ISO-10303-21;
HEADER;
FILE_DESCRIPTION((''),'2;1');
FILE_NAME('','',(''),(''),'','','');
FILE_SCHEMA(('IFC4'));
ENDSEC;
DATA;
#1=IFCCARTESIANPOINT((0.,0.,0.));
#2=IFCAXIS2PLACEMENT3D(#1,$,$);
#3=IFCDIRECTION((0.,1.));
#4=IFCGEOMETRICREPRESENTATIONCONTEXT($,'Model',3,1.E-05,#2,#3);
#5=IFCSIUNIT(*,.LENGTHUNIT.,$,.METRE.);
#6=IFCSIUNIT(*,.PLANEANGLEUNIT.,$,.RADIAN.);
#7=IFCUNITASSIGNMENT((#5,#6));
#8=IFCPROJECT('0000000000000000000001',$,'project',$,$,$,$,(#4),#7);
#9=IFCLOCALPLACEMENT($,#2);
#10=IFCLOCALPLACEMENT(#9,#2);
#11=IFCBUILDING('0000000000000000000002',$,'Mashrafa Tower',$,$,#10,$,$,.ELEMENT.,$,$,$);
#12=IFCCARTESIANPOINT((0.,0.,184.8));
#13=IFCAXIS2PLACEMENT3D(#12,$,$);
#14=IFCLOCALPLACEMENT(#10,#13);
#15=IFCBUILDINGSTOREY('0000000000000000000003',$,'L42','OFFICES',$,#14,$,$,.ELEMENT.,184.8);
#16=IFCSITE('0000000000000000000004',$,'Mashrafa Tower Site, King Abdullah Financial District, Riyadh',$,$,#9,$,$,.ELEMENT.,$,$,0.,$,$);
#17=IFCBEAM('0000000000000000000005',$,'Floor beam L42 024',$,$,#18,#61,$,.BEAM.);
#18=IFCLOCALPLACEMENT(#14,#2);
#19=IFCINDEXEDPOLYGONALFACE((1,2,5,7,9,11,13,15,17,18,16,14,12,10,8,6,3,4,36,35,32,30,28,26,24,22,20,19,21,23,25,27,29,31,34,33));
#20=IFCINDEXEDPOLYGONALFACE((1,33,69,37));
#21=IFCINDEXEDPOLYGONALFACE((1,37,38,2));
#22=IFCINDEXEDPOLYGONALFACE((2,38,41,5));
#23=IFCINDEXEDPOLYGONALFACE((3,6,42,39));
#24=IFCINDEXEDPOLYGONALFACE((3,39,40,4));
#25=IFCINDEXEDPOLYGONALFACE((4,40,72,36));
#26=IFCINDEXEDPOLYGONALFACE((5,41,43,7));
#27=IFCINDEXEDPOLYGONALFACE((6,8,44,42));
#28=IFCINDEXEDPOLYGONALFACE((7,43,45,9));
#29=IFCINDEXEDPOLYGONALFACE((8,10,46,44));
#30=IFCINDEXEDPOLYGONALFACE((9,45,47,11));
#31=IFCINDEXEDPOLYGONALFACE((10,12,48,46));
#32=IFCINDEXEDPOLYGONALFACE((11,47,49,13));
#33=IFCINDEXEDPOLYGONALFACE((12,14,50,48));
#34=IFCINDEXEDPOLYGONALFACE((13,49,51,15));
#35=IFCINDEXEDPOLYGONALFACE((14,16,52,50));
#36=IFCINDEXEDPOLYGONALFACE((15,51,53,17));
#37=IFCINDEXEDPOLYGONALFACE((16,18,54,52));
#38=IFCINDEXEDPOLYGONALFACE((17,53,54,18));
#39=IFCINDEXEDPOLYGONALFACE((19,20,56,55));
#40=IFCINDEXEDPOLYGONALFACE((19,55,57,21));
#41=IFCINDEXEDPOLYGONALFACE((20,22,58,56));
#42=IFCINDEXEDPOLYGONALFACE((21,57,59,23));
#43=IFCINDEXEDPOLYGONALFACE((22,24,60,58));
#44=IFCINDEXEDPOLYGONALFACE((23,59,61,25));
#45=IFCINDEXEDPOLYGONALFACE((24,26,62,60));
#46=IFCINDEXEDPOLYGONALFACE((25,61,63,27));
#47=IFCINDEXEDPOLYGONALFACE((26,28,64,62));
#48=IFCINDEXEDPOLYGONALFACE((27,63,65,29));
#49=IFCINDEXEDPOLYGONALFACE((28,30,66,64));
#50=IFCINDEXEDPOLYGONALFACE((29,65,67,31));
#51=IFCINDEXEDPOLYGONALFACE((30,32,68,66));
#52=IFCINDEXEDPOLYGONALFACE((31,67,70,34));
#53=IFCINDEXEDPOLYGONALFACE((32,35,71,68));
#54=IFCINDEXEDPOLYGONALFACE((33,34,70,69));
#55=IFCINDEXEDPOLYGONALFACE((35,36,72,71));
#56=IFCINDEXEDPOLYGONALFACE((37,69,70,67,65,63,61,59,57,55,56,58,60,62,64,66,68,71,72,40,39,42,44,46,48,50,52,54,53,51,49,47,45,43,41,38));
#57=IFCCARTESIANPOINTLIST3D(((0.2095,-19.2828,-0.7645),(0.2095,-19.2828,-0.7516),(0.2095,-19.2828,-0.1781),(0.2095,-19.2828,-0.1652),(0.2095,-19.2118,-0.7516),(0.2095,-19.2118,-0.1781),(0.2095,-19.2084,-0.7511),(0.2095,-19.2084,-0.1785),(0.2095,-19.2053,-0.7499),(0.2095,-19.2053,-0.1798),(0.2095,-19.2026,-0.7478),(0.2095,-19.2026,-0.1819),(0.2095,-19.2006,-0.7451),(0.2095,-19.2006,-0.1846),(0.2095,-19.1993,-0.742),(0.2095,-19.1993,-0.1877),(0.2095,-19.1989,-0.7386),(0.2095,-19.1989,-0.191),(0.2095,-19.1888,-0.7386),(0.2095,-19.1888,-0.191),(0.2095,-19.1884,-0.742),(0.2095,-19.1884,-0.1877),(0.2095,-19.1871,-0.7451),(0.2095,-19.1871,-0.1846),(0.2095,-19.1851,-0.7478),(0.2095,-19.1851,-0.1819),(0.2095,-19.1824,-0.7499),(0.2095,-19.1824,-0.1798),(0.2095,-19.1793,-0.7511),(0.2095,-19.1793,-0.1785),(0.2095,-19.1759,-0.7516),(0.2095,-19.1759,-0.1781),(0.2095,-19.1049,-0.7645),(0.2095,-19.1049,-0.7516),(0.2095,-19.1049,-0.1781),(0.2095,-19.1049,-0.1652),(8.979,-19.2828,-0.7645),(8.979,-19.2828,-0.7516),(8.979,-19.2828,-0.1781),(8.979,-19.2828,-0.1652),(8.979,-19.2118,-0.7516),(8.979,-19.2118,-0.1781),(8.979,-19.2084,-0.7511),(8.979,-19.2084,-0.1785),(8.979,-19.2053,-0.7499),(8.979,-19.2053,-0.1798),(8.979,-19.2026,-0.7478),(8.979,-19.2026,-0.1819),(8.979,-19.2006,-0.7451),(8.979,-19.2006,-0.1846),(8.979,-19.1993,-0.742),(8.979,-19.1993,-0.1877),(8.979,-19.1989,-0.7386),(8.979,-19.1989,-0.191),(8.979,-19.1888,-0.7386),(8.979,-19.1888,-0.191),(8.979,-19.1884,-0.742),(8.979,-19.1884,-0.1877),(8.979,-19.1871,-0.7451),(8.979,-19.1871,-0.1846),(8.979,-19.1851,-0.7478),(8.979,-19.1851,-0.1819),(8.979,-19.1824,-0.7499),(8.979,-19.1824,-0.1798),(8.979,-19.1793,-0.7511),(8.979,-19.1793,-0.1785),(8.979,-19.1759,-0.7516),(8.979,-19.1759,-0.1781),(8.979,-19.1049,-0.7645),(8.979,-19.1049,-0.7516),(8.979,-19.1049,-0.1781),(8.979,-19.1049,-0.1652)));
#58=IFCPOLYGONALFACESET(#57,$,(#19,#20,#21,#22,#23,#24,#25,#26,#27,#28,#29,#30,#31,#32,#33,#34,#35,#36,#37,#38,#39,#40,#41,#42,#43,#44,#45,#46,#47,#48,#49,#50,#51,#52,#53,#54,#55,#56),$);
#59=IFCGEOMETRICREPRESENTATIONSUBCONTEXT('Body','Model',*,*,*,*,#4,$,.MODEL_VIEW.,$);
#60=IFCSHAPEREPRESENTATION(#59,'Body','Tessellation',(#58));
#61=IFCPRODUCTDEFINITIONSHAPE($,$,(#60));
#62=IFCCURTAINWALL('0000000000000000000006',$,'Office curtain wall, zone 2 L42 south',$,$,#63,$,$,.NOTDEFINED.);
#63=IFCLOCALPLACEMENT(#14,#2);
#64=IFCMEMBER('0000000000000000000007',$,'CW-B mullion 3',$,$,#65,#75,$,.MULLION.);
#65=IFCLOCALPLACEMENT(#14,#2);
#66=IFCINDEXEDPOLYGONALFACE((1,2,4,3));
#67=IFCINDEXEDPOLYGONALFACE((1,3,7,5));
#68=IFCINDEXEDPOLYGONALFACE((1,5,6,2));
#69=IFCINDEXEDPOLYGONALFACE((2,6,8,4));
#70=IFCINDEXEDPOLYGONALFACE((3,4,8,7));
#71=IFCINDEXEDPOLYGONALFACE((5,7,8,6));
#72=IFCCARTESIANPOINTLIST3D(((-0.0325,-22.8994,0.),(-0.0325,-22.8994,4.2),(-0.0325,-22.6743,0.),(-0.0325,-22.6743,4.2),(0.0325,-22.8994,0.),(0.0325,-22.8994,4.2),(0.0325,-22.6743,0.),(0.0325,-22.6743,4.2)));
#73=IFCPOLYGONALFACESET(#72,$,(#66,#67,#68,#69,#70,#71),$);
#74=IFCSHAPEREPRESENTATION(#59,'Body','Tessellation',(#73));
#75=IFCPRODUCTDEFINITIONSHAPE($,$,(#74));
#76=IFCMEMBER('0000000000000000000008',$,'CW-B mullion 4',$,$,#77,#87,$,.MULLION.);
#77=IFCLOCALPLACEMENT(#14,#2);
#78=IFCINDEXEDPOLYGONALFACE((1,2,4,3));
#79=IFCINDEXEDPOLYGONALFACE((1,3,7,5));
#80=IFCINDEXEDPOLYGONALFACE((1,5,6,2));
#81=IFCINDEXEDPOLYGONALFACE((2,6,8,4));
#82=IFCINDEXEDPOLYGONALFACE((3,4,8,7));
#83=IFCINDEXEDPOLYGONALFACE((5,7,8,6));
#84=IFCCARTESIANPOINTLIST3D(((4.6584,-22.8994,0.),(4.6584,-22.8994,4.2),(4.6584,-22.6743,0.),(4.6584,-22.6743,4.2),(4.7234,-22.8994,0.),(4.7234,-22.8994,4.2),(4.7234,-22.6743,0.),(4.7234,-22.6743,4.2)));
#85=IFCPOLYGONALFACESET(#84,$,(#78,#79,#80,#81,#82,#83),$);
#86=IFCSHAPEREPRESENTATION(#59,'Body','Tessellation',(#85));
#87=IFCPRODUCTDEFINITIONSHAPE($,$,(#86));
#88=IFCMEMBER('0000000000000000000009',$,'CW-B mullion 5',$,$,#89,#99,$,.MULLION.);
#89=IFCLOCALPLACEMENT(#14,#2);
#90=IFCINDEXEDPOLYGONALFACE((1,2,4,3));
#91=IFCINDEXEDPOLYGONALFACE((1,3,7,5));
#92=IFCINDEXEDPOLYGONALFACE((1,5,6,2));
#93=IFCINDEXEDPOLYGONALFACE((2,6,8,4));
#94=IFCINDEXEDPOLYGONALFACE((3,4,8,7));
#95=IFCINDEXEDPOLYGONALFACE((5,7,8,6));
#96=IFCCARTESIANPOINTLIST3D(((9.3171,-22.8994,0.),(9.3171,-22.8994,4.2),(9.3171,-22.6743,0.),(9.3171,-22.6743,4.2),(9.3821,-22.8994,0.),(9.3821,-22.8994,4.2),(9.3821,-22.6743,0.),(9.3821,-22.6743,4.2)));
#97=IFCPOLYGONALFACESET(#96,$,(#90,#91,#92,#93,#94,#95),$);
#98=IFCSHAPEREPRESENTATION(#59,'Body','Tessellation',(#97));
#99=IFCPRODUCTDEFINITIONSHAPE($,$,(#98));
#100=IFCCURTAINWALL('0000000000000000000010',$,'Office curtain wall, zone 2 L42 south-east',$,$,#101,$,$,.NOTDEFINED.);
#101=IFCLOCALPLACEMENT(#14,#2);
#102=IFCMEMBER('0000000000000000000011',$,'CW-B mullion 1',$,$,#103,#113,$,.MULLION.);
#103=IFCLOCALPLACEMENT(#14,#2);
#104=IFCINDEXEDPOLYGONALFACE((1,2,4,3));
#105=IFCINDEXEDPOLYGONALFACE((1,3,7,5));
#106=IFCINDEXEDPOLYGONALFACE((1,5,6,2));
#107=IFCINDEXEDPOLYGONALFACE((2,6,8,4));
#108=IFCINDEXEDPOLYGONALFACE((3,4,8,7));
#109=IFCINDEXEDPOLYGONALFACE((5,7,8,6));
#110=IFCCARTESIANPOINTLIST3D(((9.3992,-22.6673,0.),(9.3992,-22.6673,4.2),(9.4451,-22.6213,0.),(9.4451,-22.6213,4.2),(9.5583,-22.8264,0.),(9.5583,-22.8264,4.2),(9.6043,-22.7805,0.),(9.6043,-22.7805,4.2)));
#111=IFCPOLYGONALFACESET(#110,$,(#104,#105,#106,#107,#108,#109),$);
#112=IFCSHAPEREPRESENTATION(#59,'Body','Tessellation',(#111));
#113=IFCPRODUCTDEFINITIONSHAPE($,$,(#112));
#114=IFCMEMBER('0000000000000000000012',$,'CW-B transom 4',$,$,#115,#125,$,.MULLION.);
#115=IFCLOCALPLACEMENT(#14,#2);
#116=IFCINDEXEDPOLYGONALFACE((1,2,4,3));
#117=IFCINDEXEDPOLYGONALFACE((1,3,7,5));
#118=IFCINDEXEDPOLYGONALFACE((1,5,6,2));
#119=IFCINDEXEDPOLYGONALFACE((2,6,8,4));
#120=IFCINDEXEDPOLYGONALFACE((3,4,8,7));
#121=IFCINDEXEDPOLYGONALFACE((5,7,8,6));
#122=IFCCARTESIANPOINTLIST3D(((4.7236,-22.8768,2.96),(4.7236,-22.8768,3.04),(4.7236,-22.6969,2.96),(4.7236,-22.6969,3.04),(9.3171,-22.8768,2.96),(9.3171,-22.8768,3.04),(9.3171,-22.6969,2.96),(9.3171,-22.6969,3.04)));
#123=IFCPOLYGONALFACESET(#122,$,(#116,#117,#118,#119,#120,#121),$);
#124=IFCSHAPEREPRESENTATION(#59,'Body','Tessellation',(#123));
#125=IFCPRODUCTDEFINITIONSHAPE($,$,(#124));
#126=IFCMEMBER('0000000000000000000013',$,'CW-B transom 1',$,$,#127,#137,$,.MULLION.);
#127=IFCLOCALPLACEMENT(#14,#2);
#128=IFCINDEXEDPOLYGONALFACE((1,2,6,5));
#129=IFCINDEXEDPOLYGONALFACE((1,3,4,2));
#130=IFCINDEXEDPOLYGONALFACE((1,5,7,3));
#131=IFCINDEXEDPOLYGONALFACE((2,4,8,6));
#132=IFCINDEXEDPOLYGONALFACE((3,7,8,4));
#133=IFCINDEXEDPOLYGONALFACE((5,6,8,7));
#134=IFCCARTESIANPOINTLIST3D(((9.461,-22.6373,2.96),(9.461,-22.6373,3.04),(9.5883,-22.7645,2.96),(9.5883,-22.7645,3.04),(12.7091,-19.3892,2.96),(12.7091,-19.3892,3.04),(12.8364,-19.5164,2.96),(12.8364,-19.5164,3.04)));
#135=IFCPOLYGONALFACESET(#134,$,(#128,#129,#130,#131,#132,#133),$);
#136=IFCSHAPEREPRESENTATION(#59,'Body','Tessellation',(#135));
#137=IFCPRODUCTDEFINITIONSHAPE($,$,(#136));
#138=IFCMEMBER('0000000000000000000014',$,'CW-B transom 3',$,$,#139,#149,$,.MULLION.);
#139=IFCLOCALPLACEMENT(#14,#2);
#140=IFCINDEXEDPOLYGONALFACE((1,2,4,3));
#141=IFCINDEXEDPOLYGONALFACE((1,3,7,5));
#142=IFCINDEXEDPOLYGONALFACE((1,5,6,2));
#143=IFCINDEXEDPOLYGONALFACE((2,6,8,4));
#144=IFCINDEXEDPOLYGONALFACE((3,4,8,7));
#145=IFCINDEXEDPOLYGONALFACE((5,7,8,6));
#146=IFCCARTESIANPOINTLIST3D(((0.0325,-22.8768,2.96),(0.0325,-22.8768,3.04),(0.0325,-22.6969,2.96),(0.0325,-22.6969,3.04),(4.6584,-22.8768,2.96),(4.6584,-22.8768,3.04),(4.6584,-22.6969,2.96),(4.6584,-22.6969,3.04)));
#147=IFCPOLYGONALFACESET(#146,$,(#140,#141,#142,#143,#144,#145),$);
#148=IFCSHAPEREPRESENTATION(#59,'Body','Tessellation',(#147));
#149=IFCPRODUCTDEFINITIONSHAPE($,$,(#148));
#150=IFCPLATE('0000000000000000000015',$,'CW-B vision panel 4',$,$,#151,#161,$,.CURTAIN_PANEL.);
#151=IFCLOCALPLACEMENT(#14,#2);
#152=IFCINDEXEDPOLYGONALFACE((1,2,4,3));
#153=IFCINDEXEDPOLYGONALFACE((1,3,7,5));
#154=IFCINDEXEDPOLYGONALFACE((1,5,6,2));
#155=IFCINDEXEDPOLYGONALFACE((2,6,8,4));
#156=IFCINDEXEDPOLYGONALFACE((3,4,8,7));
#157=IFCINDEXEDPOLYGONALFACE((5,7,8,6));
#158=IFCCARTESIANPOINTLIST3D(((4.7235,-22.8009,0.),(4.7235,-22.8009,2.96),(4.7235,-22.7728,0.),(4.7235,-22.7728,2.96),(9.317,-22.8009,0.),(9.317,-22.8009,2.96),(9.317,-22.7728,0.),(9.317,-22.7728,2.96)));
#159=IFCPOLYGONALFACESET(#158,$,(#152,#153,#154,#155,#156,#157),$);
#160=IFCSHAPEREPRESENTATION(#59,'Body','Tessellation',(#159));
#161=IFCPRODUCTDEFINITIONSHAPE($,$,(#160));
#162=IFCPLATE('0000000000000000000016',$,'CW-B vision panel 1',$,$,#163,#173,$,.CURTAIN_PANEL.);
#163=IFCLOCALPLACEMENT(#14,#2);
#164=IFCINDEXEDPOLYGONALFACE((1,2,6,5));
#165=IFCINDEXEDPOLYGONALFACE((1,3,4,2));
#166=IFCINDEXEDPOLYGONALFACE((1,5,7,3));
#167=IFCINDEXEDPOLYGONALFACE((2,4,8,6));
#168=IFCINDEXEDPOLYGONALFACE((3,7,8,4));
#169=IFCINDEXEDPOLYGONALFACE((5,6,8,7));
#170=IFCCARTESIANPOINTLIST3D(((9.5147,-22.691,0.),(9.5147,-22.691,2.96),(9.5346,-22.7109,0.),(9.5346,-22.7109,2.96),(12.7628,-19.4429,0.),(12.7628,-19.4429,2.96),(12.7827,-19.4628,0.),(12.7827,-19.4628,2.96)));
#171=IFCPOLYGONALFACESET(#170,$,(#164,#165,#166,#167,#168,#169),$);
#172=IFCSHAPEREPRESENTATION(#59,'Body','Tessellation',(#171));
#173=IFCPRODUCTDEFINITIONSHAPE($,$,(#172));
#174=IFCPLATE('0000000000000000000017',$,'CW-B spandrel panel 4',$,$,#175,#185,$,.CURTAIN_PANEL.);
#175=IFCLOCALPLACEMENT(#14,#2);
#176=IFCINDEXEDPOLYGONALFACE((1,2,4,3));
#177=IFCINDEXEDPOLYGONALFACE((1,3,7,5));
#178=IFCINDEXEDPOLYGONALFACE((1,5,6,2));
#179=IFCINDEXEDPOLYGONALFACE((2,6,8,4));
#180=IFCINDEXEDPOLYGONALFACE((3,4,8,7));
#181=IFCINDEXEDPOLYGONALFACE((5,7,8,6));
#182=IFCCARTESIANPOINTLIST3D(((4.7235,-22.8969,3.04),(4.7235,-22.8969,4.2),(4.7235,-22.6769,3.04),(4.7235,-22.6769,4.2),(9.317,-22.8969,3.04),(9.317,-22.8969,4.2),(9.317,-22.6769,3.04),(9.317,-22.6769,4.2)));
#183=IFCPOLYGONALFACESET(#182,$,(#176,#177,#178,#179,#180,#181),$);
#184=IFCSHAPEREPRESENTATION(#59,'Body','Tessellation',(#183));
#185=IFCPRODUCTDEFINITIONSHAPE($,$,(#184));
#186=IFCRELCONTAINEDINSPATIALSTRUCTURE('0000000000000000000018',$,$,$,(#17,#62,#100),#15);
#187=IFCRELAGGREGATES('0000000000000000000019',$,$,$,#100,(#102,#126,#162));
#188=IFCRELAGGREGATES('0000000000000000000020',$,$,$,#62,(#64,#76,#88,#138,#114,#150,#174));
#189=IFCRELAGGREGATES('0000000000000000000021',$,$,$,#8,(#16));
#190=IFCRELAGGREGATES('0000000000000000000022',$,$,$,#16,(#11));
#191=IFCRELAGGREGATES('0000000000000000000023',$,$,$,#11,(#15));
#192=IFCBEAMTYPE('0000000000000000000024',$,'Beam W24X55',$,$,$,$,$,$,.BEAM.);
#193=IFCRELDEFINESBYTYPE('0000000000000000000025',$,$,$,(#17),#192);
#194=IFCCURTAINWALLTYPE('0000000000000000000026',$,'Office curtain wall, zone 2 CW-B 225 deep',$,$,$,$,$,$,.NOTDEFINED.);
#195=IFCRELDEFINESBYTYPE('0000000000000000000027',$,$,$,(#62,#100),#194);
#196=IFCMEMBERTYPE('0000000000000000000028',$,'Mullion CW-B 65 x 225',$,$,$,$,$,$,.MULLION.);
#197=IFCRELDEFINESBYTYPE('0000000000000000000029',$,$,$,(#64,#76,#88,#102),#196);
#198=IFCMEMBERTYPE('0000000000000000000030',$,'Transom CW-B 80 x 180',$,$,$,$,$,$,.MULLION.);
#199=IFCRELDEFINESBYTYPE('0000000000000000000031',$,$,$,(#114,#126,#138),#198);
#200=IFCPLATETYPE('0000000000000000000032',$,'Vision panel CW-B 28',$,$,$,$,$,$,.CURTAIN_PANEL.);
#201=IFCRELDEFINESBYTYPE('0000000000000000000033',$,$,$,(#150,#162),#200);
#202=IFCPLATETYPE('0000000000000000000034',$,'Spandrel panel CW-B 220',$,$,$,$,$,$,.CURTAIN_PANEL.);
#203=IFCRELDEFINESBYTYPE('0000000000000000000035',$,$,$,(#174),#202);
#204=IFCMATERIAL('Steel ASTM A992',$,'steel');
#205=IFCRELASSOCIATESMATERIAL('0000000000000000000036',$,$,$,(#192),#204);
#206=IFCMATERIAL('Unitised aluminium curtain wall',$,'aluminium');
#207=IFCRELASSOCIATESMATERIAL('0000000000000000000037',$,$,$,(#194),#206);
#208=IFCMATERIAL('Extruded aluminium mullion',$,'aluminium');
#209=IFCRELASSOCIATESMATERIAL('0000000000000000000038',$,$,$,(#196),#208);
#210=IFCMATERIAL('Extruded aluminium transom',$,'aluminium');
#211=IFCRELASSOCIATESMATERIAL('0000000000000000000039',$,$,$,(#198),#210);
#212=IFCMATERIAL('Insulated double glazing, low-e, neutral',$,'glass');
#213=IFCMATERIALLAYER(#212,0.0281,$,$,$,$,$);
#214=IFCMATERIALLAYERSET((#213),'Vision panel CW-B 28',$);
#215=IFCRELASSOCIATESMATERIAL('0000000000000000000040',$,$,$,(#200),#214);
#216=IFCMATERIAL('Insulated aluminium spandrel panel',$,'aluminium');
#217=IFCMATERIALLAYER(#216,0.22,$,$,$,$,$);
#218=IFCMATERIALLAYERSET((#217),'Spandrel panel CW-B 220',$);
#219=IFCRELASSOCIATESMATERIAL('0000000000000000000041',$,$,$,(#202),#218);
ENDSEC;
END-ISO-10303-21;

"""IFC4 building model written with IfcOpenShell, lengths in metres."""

from ifc_helpers import new_model, si_unit, direction, frame, origin, origin_2d, place, context, subcontext, project, spatial, rectangle, i_section, extrude, source, transform, mapped, material, layer, layer_set, material_profile, profile_set, type_object, type_shapes, element, aggregate, save


model = new_model("IFC4")

# Units and contexts
model_context = context("Model", 3, precision=1e-05, world=origin(), true_north=direction((0.0, 1.0)))
body_context = subcontext(model_context, "Body", "Model", "MODEL_VIEW")
ifc_project = project(units=[si_unit("LENGTHUNIT", "METRE"), si_unit("PLANEANGLEUNIT", "RADIAN")], contexts=[model_context])

# Site, building, storey
site_placement = place(None, origin())
site = spatial("IfcSite", under=ifc_project, at=site_placement, Name="Mashrafa Tower Site, King Abdullah Financial District, Riyadh", CompositionType="ELEMENT", RefElevation=0.0)
building_placement = place(site_placement, origin())
building = spatial("IfcBuilding", under=site, at=building_placement, Name="Mashrafa Tower", CompositionType="ELEMENT")
storey_placement = place(building_placement, frame((0.0, 0.0, 184.8)))
storey = spatial("IfcBuildingStorey", under=building, at=storey_placement, Name="L42", Description="OFFICES", CompositionType="ELEMENT", Elevation=184.8)

# Beam
ifc_material_1 = material(Name="Steel ASTM A992", Category="steel")
ifc_material_profile_1 = material_profile(ifc_material_1, i_section(OverallWidth=0.178, OverallDepth=0.5994, WebThickness=0.01, FlangeThickness=0.0129, FilletRadius=0.0129, at=origin_2d()), Name="W24X55")
ifc_profile_set_1 = profile_set([ifc_material_profile_1], Name="Steel ASTM A992")
beam_type_1 = type_object("IfcBeamType", Name="Beam W24X55", PredefinedType="BEAM", material=ifc_profile_set_1)
beam_1_placement = place(storey_placement, frame((8.979, -19.1938, -0.4648), z_axis=(-1.0, 0.0, 0.0), x_axis=(0.0, -1.0, 0.0)))
element("IfcBeam", 1, at=beam_1_placement, inside=storey, type_object=beam_type_1, Name="Floor beam L42 024", PredefinedType="BEAM", context=body_context, shape_type="SweptSolid", body=[
    extrude(i_section(OverallWidth=0.178, OverallDepth=0.5994, WebThickness=0.01, FlangeThickness=0.0129, FilletRadius=0.0129, at=origin_2d()), origin(), (0.0, 0.0, 1.0), 8.7695),
])

# Curtain wall, members
ifc_material_2 = material(Name="Unitised aluminium curtain wall", Category="aluminium")
curtain_wall_type = type_object("IfcCurtainWallType", Name="Office curtain wall, zone 2 CW-B 225 deep", PredefinedType="NOTDEFINED", material=ifc_material_2)
curtain_wall_1_placement = place(storey_placement, origin())
curtain_wall_1 = element("IfcCurtainWall", 2, at=curtain_wall_1_placement, inside=storey, type_object=curtain_wall_type, Name="Office curtain wall, zone 2 L42 south", PredefinedType="NOTDEFINED")
ifc_material_3 = material(Name="Extruded aluminium mullion", Category="aluminium")
ifc_material_profile_2 = material_profile(ifc_material_3, rectangle(XDim=0.2251, YDim=0.0649, at=origin_2d()), Name="Mullion 65x225")
ifc_profile_set_2 = profile_set([ifc_material_profile_2], Name="Extruded aluminium mullion")
member_type_1 = type_object("IfcMemberType", Name="Mullion CW-B 65 x 225", PredefinedType="MULLION", material=ifc_profile_set_2)
shared_shape_1 = source(origin(), body_context, "Body", "SweptSolid", [
    extrude(rectangle(XDim=0.2251, YDim=0.0649, at=origin_2d()), origin(), (0.0, 0.0, 1.0), 4.2),
])
type_shapes(member_type_1, [shared_shape_1])
member_1_placement = place(storey_placement, frame((0.0, -22.7869, 0.0), z_axis=(0.0, 0.0, 1.0), x_axis=(0.0, 1.0, 0.0)))
member_1 = element("IfcMember", 3, at=member_1_placement, type_object=member_type_1, Name="CW-B mullion 3", PredefinedType="MULLION", context=body_context, shape_type="MappedRepresentation", body=[
    mapped(shared_shape_1, transform((0.0, 0.0, 0.0))),
])
member_2_placement = place(storey_placement, frame((4.6909, -22.7869, 0.0), z_axis=(0.0, 0.0, 1.0), x_axis=(0.0, 1.0, 0.0)))
member_2 = element("IfcMember", 4, at=member_2_placement, type_object=member_type_1, Name="CW-B mullion 4", PredefinedType="MULLION", context=body_context, shape_type="MappedRepresentation", body=[
    mapped(shared_shape_1, transform((0.0, 0.0, 0.0))),
])
member_3_placement = place(storey_placement, frame((9.3496, -22.7869, 0.0), z_axis=(0.0, 0.0, 1.0), x_axis=(0.0, 1.0, 0.0)))
member_3 = element("IfcMember", 5, at=member_3_placement, type_object=member_type_1, Name="CW-B mullion 5", PredefinedType="MULLION", context=body_context, shape_type="MappedRepresentation", body=[
    mapped(shared_shape_1, transform((0.0, 0.0, 0.0))),
])

# Curtain wall, member
curtain_wall_2_placement = place(storey_placement, origin())
curtain_wall_2 = element("IfcCurtainWall", 6, at=curtain_wall_2_placement, inside=storey, type_object=curtain_wall_type, Name="Office curtain wall, zone 2 L42 south-east", PredefinedType="NOTDEFINED")
member_4_placement = place(storey_placement, frame((9.5017, -22.7239, 0.0), z_axis=(0.0, 0.0, 1.0), x_axis=(-0.707107, 0.707107, 0.0)))
member_4 = element("IfcMember", 7, at=member_4_placement, type_object=member_type_1, Name="CW-B mullion 1", PredefinedType="MULLION", context=body_context, shape_type="MappedRepresentation", body=[
    mapped(shared_shape_1, transform((0.0, 0.0, 0.0))),
])

# Members
ifc_material_4 = material(Name="Extruded aluminium transom", Category="aluminium")
ifc_material_profile_3 = material_profile(ifc_material_4, rectangle(XDim=0.1799, YDim=0.0801, at=origin_2d()), Name="Transom 80x180")
ifc_profile_set_3 = profile_set([ifc_material_profile_3], Name="Extruded aluminium transom")
member_type_2 = type_object("IfcMemberType", Name="Transom CW-B 80 x 180", PredefinedType="MULLION", material=ifc_profile_set_3)
shared_shape_2 = source(origin(), body_context, "Body", "SweptSolid", [
    extrude(rectangle(XDim=0.1799, YDim=0.0801, at=origin_2d()), origin(), (0.0, 0.0, 1.0), 4.5935),
])
member_5_placement = place(storey_placement, frame((4.7236, -22.7869, 3.0), z_axis=(1.0, 0.0, 0.0), x_axis=(0.0, 1.0, 0.0)))
member_5 = element("IfcMember", 8, at=member_5_placement, type_object=member_type_2, Name="CW-B transom 4", PredefinedType="MULLION", context=body_context, shape_type="MappedRepresentation", body=[
    mapped(shared_shape_2, transform((0.0, 0.0, 0.0))),
])
member_6_placement = place(storey_placement, frame((9.5247, -22.7009, 3.0), z_axis=(0.707107, 0.707107, 0.0), x_axis=(-0.707107, 0.707107, 0.0)))
member_6 = element("IfcMember", 9, at=member_6_placement, type_object=member_type_2, Name="CW-B transom 1", PredefinedType="MULLION", context=body_context, shape_type="MappedRepresentation", body=[
    mapped(shared_shape_2, transform((0.0, 0.0, 0.0))),
])
shared_shape_3 = source(origin(), body_context, "Body", "SweptSolid", [
    extrude(rectangle(XDim=0.1799, YDim=0.0801, at=origin_2d()), origin(), (0.0, 0.0, 1.0), 4.626),
])
type_shapes(member_type_2, [shared_shape_2, shared_shape_3])
member_7_placement = place(storey_placement, frame((0.0325, -22.7869, 3.0), z_axis=(1.0, 0.0, 0.0), x_axis=(0.0, 1.0, 0.0)))
member_7 = element("IfcMember", 10, at=member_7_placement, type_object=member_type_2, Name="CW-B transom 3", PredefinedType="MULLION", context=body_context, shape_type="MappedRepresentation", body=[
    mapped(shared_shape_3, transform((0.0, 0.0, 0.0))),
])

# Plates
ifc_material_5 = material(Name="Insulated double glazing, low-e, neutral", Category="glass")
ifc_layer_1 = layer(ifc_material_5, 0.0281)
ifc_layer_set_1 = layer_set([ifc_layer_1], Name="Vision panel CW-B 28")
plate_type_1 = type_object("IfcPlateType", Name="Vision panel CW-B 28", PredefinedType="CURTAIN_PANEL", material=ifc_layer_set_1)
shared_shape_4 = source(origin(), body_context, "Body", "SweptSolid", [
    extrude(rectangle(XDim=4.5935, YDim=0.0281, at=origin_2d()), origin(), (0.0, 0.0, 1.0), 2.96),
])
plate_1_placement = place(storey_placement, frame((7.0203, -22.7869, 0.0), z_axis=(0.0, 0.0, 1.0), x_axis=(1.0, 0.0, 0.0)))
plate_1 = element("IfcPlate", 11, at=plate_1_placement, type_object=plate_type_1, Name="CW-B vision panel 4", PredefinedType="CURTAIN_PANEL", context=body_context, shape_type="MappedRepresentation", body=[
    mapped(shared_shape_4, transform((0.0, 0.0, 0.0))),
])
plate_2_placement = place(storey_placement, frame((11.1487, -21.0769, 0.0), z_axis=(0.0, 0.0, 1.0), x_axis=(0.707107, 0.707107, 0.0)))
plate_2 = element("IfcPlate", 12, at=plate_2_placement, type_object=plate_type_1, Name="CW-B vision panel 1", PredefinedType="CURTAIN_PANEL", context=body_context, shape_type="MappedRepresentation", body=[
    mapped(shared_shape_4, transform((0.0, 0.0, 0.0))),
])
ifc_material_6 = material(Name="Insulated aluminium spandrel panel", Category="aluminium")
ifc_layer_2 = layer(ifc_material_6, 0.22)
ifc_layer_set_2 = layer_set([ifc_layer_2], Name="Spandrel panel CW-B 220")
plate_type_2 = type_object("IfcPlateType", Name="Spandrel panel CW-B 220", PredefinedType="CURTAIN_PANEL", material=ifc_layer_set_2)
shared_shape_5 = source(origin(), body_context, "Body", "SweptSolid", [
    extrude(rectangle(XDim=4.5935, YDim=0.22, at=origin_2d()), origin(), (0.0, 0.0, 1.0), 1.1599),
])
plate_3_placement = place(storey_placement, frame((7.0203, -22.7869, 3.04), z_axis=(0.0, 0.0, 1.0), x_axis=(1.0, 0.0, 0.0)))
plate_3 = element("IfcPlate", 13, at=plate_3_placement, type_object=plate_type_2, Name="CW-B spandrel panel 4", PredefinedType="CURTAIN_PANEL", context=body_context, shape_type="MappedRepresentation", body=[
    mapped(shared_shape_5, transform((0.0, 0.0, 0.0))),
])
aggregate(curtain_wall_2, [member_4, member_6, plate_2])
aggregate(curtain_wall_1, [member_1, member_2, member_3, member_7, member_5, plate_1, plate_3])

save(model, "model.ifc")
